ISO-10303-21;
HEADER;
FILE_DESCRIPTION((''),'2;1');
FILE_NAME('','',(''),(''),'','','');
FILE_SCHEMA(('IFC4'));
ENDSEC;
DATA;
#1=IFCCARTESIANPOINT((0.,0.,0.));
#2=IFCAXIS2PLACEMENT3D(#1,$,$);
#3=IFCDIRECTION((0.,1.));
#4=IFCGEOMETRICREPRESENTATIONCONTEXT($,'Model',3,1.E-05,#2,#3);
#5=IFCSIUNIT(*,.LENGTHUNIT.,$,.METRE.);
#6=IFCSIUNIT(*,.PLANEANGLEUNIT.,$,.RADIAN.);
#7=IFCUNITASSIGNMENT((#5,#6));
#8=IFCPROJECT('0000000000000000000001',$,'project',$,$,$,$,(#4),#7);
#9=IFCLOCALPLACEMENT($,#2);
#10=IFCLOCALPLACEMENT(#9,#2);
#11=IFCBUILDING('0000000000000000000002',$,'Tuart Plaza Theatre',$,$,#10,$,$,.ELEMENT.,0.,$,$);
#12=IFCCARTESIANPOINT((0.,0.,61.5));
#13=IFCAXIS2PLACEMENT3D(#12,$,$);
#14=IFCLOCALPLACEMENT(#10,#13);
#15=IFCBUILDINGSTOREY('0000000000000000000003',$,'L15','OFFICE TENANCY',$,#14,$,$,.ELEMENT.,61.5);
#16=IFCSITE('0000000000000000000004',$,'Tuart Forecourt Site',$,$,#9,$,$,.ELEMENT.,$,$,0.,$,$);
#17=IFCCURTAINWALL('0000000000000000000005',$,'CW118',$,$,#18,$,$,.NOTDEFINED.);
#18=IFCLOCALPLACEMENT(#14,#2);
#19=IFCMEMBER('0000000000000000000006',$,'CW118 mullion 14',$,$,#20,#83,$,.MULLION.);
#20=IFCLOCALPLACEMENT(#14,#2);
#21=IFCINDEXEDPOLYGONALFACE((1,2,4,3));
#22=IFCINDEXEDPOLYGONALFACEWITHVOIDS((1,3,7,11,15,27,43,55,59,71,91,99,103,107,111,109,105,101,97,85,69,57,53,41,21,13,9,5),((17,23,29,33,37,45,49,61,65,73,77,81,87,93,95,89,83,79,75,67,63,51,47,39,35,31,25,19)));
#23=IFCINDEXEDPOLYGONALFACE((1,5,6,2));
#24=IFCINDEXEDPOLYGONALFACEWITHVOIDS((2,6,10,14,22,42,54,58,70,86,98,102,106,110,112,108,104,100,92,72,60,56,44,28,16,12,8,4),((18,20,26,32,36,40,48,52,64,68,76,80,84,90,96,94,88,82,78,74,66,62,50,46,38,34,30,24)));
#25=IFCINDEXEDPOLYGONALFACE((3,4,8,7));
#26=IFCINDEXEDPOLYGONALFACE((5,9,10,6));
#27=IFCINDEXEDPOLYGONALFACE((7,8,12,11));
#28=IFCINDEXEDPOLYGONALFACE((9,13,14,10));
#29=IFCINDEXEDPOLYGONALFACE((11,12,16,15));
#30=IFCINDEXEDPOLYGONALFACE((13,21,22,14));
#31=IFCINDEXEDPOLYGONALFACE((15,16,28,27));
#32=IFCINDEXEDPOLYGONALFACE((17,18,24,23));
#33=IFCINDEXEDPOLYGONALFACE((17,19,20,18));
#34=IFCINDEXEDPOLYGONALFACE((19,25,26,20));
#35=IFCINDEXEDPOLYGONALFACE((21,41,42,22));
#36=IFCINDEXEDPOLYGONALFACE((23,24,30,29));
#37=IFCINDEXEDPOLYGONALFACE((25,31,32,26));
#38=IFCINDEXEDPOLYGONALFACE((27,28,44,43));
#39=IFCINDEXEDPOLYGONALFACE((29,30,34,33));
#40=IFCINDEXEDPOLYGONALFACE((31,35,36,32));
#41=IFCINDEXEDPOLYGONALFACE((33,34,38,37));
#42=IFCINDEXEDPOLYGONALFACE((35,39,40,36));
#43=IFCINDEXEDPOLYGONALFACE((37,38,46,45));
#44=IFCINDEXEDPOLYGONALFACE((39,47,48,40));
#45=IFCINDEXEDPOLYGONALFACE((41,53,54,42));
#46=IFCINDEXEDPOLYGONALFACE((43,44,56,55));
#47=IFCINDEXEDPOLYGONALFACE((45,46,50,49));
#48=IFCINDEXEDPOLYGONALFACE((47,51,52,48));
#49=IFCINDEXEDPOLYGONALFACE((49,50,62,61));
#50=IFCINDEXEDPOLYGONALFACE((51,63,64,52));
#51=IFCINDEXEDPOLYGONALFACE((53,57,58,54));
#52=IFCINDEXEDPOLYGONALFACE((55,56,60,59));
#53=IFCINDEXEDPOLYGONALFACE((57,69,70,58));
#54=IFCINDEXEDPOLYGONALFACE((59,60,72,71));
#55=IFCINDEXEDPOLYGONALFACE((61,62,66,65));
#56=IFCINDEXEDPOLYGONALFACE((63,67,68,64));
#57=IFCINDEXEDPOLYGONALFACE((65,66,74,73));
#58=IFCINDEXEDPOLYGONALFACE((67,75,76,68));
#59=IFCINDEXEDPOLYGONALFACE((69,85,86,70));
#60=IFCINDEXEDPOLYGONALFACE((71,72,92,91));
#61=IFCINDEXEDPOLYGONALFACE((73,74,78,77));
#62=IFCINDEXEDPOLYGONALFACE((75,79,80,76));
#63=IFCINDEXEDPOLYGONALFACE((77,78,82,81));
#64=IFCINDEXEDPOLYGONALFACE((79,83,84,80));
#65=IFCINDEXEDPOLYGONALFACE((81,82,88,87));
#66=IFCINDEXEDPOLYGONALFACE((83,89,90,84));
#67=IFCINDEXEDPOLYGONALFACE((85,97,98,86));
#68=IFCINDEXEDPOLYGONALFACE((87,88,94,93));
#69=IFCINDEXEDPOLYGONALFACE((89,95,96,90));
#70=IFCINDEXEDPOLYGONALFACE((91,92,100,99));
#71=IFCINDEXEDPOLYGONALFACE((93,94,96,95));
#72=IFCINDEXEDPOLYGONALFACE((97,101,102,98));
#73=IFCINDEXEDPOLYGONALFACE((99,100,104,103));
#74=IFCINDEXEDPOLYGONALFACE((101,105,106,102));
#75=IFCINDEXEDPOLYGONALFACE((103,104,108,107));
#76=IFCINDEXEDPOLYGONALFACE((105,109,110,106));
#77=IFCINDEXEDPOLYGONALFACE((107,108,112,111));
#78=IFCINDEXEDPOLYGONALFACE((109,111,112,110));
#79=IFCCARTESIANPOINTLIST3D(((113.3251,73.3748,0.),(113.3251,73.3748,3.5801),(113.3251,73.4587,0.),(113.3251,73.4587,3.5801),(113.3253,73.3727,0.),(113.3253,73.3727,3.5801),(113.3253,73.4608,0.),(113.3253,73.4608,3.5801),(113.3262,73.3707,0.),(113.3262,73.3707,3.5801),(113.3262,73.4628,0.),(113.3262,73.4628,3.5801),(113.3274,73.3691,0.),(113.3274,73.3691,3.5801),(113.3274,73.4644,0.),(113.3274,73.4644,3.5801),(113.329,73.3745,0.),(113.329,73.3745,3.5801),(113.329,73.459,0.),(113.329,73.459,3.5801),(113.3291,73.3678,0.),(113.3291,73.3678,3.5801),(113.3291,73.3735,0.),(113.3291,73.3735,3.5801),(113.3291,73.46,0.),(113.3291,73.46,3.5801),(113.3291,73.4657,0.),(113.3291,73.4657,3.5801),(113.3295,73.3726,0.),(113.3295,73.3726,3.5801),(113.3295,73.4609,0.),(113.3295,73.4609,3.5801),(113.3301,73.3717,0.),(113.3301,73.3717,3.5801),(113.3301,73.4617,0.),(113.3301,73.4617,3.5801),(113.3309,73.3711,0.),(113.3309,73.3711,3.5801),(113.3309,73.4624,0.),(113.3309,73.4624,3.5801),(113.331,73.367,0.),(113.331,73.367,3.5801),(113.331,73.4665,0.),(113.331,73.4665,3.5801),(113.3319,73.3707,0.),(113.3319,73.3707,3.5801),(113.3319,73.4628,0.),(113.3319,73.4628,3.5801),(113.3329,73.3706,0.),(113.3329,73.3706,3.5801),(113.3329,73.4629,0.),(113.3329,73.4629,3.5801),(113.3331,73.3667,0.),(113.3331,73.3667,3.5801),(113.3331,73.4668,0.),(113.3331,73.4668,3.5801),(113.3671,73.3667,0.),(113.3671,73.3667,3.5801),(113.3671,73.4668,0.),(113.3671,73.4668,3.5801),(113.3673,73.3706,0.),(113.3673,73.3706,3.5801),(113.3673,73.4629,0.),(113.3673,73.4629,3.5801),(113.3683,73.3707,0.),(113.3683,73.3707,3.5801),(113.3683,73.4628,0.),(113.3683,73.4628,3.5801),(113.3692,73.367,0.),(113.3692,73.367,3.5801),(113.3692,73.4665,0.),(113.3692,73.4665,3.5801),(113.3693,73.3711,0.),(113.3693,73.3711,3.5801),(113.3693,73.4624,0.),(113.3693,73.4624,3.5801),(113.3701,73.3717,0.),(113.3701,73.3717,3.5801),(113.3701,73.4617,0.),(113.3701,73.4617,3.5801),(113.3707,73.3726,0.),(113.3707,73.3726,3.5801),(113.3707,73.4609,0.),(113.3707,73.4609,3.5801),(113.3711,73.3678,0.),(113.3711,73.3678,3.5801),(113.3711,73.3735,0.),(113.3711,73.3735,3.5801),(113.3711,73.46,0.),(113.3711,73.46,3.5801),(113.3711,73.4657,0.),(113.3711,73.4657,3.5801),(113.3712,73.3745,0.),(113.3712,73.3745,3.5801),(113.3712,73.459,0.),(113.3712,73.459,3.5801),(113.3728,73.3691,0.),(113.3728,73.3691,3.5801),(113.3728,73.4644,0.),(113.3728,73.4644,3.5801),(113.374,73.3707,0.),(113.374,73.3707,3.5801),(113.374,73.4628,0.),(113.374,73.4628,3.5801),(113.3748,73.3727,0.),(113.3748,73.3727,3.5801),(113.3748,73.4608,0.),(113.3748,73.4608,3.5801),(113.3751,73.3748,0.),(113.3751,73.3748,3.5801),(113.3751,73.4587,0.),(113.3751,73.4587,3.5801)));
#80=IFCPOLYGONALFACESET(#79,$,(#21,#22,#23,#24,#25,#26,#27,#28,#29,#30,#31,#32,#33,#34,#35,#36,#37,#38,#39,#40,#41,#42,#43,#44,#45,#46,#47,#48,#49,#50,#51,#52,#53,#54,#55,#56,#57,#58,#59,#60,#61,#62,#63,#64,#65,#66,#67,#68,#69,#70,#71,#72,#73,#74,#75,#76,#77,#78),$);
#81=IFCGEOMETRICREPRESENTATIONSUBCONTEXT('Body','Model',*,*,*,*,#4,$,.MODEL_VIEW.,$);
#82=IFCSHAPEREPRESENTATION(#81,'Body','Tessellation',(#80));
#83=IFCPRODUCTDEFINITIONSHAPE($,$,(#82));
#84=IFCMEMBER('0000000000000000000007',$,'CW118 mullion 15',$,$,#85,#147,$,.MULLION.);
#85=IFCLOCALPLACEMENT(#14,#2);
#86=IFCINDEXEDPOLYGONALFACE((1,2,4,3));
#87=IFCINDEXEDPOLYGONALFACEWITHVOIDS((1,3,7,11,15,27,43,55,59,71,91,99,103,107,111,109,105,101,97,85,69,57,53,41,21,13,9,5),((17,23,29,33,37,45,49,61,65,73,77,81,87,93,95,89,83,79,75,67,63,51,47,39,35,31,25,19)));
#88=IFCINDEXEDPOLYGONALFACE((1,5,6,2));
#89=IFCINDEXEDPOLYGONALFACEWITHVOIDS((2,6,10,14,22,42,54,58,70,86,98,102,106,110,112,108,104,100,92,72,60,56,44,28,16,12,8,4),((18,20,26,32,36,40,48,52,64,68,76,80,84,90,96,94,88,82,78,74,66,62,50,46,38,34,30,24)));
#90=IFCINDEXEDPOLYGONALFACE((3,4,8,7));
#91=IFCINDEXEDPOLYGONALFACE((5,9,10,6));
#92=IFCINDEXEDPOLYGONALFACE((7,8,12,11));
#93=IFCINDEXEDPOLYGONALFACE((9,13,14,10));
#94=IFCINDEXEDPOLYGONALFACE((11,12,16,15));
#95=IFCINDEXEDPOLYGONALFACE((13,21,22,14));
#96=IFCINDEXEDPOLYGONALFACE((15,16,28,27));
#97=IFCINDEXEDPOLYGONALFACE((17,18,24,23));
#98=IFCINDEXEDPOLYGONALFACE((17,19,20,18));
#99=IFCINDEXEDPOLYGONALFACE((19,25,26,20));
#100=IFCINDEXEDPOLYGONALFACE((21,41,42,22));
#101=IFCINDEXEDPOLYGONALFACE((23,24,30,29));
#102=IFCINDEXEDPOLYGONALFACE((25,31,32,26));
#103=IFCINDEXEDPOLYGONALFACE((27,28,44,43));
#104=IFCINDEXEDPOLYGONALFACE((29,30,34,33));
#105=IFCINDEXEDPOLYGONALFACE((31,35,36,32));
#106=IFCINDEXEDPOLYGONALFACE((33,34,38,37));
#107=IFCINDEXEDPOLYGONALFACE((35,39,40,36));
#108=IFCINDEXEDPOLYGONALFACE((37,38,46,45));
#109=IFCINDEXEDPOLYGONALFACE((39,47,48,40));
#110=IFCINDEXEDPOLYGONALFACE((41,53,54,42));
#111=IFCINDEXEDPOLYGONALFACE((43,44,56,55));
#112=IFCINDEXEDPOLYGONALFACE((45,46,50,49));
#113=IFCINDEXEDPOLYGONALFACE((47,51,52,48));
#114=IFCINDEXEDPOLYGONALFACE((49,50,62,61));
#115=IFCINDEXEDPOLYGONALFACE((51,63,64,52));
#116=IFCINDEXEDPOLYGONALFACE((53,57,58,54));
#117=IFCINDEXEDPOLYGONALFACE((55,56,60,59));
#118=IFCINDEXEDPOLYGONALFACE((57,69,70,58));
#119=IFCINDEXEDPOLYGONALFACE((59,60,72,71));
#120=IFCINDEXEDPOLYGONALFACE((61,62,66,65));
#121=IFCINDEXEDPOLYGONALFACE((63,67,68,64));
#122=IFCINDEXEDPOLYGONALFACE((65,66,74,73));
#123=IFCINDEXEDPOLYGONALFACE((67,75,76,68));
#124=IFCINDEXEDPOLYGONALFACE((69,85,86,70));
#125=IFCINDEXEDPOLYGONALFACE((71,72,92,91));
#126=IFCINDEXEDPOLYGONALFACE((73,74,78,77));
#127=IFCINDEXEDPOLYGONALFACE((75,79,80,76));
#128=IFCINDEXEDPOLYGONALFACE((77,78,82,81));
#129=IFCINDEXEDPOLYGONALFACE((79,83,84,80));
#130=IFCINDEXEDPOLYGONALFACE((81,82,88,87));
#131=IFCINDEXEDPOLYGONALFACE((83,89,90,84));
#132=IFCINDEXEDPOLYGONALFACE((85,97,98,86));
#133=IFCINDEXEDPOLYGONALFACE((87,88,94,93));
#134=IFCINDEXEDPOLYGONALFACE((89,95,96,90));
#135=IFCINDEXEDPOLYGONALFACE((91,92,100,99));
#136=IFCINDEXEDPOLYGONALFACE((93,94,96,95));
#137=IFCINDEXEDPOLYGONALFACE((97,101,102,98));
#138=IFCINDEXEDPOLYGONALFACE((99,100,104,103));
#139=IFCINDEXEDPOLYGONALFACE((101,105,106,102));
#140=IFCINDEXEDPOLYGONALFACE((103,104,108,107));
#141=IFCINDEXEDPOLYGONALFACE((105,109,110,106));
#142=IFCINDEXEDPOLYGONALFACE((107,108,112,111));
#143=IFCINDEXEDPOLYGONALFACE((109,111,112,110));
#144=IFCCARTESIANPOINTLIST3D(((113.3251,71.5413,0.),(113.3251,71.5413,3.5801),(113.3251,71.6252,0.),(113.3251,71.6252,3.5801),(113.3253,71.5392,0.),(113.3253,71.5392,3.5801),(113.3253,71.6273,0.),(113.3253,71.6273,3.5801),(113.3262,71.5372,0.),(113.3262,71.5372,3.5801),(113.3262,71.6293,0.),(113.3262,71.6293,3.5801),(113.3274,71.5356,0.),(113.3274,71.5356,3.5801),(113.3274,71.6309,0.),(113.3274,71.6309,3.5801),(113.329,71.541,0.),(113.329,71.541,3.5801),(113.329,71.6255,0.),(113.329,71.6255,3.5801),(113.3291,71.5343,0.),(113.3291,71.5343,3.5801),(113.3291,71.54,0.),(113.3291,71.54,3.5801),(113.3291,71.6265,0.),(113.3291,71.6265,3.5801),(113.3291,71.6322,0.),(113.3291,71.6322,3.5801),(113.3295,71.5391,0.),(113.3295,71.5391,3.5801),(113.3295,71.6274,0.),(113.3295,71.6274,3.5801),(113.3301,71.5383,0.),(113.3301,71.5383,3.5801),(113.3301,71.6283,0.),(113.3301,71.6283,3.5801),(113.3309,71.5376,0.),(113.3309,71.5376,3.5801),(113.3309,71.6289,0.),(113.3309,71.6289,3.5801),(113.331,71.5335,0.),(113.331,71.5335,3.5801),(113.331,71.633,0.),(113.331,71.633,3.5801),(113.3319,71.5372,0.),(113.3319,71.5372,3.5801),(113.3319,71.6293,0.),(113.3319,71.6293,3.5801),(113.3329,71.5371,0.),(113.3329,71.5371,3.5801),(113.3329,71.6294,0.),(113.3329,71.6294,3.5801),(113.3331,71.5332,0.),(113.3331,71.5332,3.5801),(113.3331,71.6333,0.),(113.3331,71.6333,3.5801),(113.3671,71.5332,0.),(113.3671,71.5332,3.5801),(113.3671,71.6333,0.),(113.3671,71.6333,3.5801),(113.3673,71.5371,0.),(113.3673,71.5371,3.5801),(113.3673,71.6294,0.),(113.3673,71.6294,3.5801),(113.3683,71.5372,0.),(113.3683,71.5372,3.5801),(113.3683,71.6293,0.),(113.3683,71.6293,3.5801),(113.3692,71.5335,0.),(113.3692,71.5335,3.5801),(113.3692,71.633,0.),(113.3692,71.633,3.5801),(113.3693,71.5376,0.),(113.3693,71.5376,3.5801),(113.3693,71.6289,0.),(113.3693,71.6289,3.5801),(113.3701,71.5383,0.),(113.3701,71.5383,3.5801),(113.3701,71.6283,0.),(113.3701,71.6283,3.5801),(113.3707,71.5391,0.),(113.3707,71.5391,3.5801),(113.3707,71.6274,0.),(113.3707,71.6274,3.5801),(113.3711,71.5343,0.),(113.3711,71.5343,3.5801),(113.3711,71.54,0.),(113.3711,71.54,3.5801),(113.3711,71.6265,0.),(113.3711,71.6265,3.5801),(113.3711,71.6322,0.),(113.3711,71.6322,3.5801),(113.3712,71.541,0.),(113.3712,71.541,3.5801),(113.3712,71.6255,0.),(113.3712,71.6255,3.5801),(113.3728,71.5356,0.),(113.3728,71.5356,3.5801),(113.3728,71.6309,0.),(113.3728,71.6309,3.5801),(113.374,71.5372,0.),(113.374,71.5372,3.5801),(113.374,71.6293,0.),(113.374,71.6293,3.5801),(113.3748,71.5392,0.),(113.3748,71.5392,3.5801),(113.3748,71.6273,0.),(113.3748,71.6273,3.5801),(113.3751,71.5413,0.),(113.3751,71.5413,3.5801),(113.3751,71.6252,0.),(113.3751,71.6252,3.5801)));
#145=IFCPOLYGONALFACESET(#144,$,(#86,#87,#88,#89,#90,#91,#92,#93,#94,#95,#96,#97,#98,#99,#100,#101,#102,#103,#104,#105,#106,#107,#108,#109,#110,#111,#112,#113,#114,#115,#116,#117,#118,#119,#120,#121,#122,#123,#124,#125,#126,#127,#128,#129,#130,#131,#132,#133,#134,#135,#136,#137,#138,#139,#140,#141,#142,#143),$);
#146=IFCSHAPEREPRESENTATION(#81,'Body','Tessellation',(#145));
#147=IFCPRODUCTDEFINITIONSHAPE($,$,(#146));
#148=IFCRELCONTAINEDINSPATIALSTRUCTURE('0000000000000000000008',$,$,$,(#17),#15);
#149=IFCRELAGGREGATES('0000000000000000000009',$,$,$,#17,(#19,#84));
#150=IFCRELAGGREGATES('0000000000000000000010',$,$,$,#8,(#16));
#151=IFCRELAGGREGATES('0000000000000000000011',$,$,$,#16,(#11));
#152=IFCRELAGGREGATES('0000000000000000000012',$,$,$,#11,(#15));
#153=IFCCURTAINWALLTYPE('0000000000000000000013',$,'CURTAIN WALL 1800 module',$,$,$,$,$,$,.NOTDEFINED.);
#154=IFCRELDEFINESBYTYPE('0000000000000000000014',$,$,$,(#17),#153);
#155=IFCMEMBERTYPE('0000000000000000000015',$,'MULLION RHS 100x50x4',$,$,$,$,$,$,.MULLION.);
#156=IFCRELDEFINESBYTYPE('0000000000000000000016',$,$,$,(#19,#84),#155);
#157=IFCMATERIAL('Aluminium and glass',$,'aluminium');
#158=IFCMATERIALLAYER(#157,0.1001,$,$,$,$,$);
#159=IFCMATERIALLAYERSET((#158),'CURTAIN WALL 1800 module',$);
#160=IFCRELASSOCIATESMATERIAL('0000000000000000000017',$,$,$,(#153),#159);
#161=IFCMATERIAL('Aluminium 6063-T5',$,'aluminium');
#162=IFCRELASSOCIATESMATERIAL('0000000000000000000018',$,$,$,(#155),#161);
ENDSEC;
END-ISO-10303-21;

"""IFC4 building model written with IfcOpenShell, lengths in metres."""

from ifc_helpers import new_model, si_unit, direction, frame, origin, origin_2d, place, context, subcontext, project, spatial, hollow_rectangle, extrude, material, layer, layer_set, material_profile, profile_set, type_object, element, aggregate, save


model = new_model("IFC4")

# Units and contexts
model_context = context("Model", 3, precision=1e-05, world=origin(), true_north=direction((0.0, 1.0)))
body_context = subcontext(model_context, "Body", "Model", "MODEL_VIEW")
ifc_project = project(units=[si_unit("LENGTHUNIT", "METRE"), si_unit("PLANEANGLEUNIT", "RADIAN")], contexts=[model_context])

# Site, building, storey
site_placement = place(None, origin())
site = spatial("IfcSite", under=ifc_project, at=site_placement, Name="Tuart Forecourt Site", CompositionType="ELEMENT", RefElevation=0.0)
building_placement = place(site_placement, origin())
building = spatial("IfcBuilding", under=site, at=building_placement, Name="Tuart Plaza Theatre", CompositionType="ELEMENT", ElevationOfRefHeight=0.0)
storey_placement = place(building_placement, frame((0.0, 0.0, 61.5)))
storey = spatial("IfcBuildingStorey", under=building, at=storey_placement, Name="L15", Description="OFFICE TENANCY", CompositionType="ELEMENT", Elevation=61.5)

# Curtain wall, members
ifc_material_1 = material(Name="Aluminium and glass", Category="aluminium")
ifc_layer_1 = layer(ifc_material_1, 0.1001)
ifc_layer_set_1 = layer_set([ifc_layer_1], Name="CURTAIN WALL 1800 module")
curtain_wall_type = type_object("IfcCurtainWallType", Name="CURTAIN WALL 1800 module", PredefinedType="NOTDEFINED", material=ifc_layer_set_1)
curtain_wall_placement = place(storey_placement, origin())
curtain_wall = element("IfcCurtainWall", 1, at=curtain_wall_placement, inside=storey, type_object=curtain_wall_type, Name="CW118", PredefinedType="NOTDEFINED")
ifc_material_2 = material(Name="Aluminium 6063-T5", Category="aluminium")
ifc_material_profile_1 = material_profile(ifc_material_2, hollow_rectangle(XDim=0.05, YDim=0.1001, WallThickness=0.0039, InnerFilletRadius=0.0039, OuterFilletRadius=0.0081, at=origin_2d()), Name="RHS 100x50x4")
ifc_profile_set_1 = profile_set([ifc_material_profile_1], Name="Aluminium 6063-T5")
member_type_1 = type_object("IfcMemberType", Name="MULLION RHS 100x50x4", PredefinedType="MULLION", material=ifc_profile_set_1)
member_1_placement = place(storey_placement, frame((113.3501, 73.4167, 0.0), z_axis=(0.0, 0.0, 1.0), x_axis=(1.0, 0.0, 0.0)))
member_1 = element("IfcMember", 2, at=member_1_placement, type_object=member_type_1, Name="CW118 mullion 14", PredefinedType="MULLION", context=body_context, shape_type="SweptSolid", body=[
    extrude(hollow_rectangle(XDim=0.05, YDim=0.1001, WallThickness=0.0039, InnerFilletRadius=0.0039, OuterFilletRadius=0.0081, at=origin_2d()), origin(), (0.0, 0.0, 1.0), 3.5801),
])
member_2_placement = place(storey_placement, frame((113.3501, 71.5833, 0.0), z_axis=(0.0, 0.0, 1.0), x_axis=(1.0, 0.0, 0.0)))
member_2 = element("IfcMember", 3, at=member_2_placement, type_object=member_type_1, Name="CW118 mullion 15", PredefinedType="MULLION", context=body_context, shape_type="SweptSolid", body=[
    extrude(hollow_rectangle(XDim=0.05, YDim=0.1001, WallThickness=0.0039, InnerFilletRadius=0.0039, OuterFilletRadius=0.0081, at=origin_2d()), origin(), (0.0, 0.0, 1.0), 3.5801),
])
aggregate(curtain_wall, [member_1, member_2])

save(model, "model.ifc")
